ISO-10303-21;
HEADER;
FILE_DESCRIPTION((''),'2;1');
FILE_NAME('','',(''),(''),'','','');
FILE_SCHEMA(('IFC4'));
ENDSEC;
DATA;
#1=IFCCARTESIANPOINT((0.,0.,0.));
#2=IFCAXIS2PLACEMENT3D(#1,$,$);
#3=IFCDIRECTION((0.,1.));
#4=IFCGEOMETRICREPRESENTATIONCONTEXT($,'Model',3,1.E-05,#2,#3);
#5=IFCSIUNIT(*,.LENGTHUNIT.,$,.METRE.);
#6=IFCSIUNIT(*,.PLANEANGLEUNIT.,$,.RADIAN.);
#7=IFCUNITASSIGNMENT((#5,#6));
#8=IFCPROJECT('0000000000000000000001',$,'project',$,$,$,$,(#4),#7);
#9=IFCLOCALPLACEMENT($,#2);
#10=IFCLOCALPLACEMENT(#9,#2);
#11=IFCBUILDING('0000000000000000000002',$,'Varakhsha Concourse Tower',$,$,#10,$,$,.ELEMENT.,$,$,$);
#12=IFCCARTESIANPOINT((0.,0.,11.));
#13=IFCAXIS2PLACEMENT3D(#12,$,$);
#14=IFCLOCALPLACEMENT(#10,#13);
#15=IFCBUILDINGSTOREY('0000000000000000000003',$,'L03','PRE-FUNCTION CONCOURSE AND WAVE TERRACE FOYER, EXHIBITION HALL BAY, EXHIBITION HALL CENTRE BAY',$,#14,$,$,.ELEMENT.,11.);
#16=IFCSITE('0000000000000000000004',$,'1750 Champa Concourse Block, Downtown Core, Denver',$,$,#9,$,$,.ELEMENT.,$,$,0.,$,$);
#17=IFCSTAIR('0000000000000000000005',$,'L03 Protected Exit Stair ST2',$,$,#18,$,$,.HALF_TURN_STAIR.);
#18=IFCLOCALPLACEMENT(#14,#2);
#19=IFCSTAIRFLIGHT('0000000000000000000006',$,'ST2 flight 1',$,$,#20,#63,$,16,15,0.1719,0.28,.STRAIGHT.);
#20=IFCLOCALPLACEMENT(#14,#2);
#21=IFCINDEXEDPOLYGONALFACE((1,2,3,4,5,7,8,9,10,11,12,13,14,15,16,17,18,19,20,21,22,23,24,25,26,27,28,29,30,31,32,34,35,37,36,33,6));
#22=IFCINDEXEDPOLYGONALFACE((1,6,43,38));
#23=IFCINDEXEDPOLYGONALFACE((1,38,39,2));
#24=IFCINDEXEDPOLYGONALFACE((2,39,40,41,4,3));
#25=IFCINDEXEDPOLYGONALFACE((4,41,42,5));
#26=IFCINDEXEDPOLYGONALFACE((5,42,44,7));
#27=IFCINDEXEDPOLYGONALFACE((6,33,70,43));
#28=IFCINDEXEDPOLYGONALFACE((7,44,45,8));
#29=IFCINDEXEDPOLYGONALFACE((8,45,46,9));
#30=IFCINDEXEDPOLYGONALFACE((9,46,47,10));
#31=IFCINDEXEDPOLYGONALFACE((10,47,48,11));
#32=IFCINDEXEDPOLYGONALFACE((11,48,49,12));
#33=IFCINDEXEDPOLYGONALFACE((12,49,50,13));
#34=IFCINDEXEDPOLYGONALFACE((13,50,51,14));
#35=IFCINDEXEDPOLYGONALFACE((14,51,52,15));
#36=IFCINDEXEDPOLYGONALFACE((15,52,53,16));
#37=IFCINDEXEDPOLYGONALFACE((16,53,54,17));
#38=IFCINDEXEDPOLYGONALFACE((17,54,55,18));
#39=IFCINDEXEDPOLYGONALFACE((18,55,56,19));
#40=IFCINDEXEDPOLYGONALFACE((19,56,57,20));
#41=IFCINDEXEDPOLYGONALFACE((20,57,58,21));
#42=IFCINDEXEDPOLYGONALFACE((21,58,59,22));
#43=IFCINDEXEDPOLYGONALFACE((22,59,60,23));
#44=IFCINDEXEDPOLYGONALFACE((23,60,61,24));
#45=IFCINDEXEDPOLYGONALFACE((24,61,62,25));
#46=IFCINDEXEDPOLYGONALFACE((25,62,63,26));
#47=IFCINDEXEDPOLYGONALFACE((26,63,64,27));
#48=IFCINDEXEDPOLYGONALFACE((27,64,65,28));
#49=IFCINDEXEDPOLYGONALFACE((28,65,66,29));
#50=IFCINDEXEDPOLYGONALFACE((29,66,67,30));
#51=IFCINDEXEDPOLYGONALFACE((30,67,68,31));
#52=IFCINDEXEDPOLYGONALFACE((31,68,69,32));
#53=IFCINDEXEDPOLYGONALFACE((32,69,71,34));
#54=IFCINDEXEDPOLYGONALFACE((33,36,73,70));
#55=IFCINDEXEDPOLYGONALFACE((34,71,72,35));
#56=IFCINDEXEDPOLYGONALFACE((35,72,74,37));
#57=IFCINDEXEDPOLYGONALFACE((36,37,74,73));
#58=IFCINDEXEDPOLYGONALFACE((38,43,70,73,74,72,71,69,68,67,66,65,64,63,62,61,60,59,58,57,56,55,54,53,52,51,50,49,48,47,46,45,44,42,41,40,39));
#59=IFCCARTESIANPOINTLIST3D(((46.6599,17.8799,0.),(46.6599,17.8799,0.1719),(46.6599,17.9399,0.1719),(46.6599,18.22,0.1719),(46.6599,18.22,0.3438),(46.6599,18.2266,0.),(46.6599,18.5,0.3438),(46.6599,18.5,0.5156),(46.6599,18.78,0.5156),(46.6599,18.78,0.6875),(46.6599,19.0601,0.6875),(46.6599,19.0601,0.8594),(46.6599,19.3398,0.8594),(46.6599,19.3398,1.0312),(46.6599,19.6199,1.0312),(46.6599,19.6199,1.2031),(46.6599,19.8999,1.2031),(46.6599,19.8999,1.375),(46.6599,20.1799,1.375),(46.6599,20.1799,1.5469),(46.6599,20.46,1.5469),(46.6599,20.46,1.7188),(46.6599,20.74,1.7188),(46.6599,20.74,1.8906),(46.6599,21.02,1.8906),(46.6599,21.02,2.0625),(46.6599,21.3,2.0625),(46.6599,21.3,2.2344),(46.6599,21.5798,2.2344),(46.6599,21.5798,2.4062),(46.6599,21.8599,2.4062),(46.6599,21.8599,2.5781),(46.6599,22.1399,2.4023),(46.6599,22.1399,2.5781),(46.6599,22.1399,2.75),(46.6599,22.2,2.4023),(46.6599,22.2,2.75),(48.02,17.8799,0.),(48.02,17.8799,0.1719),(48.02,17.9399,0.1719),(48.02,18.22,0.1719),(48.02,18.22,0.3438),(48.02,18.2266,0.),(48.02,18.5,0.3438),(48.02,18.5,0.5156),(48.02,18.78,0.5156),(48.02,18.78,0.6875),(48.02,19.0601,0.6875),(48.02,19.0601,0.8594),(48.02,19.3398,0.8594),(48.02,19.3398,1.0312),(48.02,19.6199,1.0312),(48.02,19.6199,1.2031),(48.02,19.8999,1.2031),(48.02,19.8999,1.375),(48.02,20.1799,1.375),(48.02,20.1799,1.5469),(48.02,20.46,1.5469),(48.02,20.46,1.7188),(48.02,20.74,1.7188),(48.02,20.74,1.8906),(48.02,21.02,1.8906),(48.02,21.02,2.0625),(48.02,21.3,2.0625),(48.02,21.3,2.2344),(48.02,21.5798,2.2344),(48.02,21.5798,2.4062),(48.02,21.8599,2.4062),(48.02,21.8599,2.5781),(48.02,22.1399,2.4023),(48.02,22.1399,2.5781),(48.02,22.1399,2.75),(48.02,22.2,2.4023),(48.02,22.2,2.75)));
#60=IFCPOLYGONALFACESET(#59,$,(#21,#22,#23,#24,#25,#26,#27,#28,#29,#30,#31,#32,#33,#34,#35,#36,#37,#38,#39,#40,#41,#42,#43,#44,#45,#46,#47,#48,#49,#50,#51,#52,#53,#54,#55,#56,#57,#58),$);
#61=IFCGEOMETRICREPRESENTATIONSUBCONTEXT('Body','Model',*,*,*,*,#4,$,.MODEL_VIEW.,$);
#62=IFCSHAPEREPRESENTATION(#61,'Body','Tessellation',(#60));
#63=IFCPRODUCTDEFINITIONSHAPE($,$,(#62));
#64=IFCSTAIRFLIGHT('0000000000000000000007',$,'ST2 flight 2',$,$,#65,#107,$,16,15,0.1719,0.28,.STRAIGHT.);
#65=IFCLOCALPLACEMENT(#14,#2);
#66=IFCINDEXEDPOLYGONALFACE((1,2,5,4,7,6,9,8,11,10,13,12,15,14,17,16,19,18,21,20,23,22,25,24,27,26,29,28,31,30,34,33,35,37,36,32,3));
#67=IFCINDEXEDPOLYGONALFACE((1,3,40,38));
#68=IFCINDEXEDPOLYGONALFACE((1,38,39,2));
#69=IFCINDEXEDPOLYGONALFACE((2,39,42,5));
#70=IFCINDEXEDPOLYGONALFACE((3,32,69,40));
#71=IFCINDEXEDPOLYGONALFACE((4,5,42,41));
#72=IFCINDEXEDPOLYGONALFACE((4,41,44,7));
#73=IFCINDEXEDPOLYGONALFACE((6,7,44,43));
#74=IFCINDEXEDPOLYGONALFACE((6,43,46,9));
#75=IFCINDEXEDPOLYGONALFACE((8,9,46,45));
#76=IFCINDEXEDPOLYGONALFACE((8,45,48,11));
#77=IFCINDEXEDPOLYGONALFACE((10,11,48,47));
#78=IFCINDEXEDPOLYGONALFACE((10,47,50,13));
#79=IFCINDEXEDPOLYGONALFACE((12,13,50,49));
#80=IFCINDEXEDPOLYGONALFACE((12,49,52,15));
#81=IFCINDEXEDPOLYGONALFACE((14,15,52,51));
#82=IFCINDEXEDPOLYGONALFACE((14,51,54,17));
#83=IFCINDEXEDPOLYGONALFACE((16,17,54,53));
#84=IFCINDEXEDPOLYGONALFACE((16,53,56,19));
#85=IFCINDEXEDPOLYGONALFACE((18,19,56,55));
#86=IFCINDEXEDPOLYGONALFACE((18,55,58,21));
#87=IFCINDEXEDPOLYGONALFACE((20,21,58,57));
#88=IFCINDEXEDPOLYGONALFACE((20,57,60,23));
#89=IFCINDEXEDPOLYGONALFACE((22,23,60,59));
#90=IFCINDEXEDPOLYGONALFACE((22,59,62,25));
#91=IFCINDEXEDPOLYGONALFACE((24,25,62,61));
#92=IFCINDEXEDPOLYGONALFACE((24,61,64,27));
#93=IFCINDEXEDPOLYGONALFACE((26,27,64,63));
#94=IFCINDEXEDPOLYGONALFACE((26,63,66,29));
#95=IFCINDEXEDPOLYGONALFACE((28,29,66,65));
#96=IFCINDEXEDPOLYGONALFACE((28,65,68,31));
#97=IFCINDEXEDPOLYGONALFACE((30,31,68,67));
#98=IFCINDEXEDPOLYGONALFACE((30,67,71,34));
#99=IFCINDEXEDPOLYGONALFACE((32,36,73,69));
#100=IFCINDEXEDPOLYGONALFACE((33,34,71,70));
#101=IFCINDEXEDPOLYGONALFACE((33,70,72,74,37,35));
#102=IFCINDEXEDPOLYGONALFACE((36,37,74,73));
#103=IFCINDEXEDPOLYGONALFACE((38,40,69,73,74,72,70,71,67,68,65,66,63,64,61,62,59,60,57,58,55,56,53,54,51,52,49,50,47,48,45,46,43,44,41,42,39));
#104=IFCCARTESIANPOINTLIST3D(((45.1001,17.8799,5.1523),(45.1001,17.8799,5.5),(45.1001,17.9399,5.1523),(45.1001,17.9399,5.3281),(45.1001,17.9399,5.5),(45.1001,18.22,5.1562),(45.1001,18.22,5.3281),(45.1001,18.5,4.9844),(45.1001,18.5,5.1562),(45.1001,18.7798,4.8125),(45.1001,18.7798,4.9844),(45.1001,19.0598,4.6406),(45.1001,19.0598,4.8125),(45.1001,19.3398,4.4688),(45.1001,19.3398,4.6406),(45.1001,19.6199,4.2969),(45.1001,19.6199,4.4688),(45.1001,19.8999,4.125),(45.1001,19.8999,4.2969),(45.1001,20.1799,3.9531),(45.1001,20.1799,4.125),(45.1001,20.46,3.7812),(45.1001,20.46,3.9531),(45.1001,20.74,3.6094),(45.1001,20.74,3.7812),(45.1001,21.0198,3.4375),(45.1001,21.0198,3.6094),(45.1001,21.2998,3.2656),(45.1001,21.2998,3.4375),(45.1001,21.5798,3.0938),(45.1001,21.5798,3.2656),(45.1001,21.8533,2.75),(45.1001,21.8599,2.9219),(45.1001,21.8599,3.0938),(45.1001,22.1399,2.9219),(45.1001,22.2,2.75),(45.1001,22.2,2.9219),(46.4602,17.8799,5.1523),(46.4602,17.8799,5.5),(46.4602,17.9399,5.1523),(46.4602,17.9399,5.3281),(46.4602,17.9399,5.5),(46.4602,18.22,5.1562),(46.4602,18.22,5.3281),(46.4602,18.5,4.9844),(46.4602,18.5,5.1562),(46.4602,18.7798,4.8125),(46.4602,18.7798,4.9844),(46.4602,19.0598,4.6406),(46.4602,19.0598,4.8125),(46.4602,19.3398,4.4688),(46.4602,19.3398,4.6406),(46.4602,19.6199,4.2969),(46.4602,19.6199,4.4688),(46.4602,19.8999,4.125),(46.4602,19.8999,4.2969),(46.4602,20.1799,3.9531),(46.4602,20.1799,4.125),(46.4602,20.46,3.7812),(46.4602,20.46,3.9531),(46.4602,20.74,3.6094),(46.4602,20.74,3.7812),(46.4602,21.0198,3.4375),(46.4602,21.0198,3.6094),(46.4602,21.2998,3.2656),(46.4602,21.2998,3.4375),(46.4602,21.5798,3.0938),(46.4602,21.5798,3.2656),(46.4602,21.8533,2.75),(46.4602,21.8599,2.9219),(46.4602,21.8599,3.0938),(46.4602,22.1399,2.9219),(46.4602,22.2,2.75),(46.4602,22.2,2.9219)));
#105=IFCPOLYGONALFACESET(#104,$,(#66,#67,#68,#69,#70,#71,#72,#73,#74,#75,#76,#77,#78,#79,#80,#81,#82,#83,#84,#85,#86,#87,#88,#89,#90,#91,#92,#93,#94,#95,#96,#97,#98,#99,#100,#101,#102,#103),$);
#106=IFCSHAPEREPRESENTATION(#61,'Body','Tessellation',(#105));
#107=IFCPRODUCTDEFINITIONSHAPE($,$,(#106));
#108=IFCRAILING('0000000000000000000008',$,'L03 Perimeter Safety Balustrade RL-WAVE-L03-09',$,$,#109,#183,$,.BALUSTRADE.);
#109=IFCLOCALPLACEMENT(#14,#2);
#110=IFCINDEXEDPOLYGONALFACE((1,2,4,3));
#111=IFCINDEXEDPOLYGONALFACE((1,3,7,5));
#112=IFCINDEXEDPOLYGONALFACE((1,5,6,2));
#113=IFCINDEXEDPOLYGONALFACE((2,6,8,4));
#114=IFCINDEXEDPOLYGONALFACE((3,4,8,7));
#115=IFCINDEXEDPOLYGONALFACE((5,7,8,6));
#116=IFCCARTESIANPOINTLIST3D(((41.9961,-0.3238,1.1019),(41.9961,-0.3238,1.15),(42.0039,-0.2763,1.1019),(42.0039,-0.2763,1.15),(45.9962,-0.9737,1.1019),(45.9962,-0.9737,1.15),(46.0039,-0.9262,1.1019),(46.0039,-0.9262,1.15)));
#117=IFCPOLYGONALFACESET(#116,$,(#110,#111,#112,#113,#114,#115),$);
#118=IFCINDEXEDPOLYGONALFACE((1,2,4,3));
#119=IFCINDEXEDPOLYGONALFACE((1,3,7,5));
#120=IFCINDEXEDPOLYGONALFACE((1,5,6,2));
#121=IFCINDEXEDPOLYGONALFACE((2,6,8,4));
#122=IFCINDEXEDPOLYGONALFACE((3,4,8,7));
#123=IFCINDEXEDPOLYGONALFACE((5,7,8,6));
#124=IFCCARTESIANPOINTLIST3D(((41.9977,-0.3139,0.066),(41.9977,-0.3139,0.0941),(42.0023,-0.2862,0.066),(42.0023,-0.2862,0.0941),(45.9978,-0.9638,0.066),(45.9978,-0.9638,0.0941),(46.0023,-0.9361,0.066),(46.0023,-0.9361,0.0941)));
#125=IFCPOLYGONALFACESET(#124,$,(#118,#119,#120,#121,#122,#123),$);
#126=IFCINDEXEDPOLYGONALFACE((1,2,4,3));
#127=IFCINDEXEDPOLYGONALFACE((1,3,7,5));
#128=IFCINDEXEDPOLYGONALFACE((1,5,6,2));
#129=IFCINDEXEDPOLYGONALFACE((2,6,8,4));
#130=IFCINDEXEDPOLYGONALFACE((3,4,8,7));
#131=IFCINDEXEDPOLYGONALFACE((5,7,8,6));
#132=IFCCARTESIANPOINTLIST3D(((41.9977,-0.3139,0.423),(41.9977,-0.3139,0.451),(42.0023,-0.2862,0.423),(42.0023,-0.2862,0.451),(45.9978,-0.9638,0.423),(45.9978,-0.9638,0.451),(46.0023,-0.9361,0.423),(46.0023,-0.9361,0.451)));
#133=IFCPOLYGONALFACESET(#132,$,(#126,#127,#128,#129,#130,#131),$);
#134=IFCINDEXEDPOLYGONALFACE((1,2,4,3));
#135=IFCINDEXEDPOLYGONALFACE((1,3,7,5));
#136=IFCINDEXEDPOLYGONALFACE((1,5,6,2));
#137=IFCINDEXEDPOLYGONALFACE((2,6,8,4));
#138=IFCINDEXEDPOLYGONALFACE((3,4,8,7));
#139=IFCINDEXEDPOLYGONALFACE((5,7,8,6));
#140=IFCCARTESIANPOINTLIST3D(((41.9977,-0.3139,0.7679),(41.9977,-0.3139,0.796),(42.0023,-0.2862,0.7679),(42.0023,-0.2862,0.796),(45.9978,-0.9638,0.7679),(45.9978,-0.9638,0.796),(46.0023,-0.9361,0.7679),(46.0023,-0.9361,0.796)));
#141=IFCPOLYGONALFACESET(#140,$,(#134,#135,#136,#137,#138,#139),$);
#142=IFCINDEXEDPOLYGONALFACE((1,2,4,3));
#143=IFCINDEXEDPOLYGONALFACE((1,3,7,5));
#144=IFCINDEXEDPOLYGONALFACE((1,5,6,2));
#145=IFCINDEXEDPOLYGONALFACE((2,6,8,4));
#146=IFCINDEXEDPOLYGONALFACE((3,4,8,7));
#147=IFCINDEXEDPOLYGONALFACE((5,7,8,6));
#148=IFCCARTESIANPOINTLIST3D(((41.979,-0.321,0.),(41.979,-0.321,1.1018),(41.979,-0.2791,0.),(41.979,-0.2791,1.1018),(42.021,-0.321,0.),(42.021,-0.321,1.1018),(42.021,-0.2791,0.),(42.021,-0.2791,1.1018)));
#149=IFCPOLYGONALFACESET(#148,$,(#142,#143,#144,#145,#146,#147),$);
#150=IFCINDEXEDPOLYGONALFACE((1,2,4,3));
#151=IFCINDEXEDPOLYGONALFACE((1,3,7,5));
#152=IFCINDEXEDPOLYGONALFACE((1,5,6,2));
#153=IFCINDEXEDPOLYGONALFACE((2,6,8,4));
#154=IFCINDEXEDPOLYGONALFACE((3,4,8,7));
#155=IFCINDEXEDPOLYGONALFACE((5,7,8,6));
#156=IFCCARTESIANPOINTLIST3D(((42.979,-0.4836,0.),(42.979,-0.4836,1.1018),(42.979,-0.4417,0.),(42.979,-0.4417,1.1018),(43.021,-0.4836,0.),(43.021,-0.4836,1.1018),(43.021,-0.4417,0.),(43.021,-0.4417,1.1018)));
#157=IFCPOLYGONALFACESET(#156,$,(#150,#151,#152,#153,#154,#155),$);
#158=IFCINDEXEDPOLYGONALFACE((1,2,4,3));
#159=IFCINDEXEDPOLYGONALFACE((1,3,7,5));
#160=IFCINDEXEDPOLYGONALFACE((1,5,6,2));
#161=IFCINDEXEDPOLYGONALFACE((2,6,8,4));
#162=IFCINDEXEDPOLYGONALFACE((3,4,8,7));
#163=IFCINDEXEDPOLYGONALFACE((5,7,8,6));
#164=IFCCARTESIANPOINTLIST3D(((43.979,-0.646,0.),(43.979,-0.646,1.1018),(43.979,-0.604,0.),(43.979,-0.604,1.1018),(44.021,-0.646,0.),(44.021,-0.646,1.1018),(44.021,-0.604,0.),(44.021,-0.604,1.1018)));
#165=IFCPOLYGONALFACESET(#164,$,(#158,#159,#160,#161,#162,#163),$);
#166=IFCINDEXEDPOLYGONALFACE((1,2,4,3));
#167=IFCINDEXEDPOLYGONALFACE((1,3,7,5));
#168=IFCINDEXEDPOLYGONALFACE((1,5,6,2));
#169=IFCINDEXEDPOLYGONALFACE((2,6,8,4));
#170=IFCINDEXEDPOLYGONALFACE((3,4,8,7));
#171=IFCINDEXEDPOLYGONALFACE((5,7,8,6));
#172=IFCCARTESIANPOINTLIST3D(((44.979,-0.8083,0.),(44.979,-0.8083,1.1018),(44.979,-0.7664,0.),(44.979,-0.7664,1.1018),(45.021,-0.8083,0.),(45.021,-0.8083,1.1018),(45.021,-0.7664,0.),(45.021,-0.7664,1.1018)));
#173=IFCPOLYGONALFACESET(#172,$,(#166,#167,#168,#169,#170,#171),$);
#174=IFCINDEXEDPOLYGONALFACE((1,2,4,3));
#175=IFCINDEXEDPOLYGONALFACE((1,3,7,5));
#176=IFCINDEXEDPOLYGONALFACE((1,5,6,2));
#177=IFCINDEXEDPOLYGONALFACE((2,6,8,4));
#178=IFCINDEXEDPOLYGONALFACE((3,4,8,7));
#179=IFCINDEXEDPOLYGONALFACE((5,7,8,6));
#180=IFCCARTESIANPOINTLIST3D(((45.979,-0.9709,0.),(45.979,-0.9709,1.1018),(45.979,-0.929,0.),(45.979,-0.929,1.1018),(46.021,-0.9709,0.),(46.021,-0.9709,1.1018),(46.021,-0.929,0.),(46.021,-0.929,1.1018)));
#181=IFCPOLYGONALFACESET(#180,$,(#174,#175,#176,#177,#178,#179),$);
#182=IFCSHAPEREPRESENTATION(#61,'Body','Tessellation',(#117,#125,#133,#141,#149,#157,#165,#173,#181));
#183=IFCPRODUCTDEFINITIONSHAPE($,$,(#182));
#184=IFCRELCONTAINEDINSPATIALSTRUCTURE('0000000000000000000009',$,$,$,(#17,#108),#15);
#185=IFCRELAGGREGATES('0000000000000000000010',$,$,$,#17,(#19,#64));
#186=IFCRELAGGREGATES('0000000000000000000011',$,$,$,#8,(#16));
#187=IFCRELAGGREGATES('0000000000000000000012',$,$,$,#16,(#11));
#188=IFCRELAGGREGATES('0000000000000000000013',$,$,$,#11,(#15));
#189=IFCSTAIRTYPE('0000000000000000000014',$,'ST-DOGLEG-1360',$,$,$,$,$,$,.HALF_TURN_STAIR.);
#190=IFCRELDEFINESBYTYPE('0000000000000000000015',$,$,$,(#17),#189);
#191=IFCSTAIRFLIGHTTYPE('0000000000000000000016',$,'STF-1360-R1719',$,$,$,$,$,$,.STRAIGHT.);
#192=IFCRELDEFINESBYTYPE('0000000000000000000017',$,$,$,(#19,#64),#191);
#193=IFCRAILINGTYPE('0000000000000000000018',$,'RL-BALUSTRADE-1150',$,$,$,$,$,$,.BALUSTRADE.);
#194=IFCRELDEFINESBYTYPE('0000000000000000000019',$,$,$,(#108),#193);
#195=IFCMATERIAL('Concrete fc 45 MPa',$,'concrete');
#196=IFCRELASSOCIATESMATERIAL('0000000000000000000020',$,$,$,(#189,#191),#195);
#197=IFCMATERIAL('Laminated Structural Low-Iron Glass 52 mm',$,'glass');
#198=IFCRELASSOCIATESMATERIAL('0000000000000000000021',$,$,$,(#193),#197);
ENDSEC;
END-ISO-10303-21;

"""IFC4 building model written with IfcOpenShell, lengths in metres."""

from ifc_helpers import new_model, si_unit, direction, frame, origin, origin_2d, place, context, subcontext, project, spatial, polyline, rectangle, outline, extrude, material, type_object, element, aggregate, save


model = new_model("IFC4")

# Units and contexts
model_context = context("Model", 3, precision=1e-05, world=origin(), true_north=direction((0.0, 1.0)))
body_context = subcontext(model_context, "Body", "Model", "MODEL_VIEW")
ifc_project = project(units=[si_unit("LENGTHUNIT", "METRE"), si_unit("PLANEANGLEUNIT", "RADIAN")], contexts=[model_context])

# Site, building, storey
site_placement = place(None, origin())
site = spatial("IfcSite", under=ifc_project, at=site_placement, Name="1750 Champa Concourse Block, Downtown Core, Denver", CompositionType="ELEMENT", RefElevation=0.0)
building_placement = place(site_placement, origin())
building = spatial("IfcBuilding", under=site, at=building_placement, Name="Varakhsha Concourse Tower", CompositionType="ELEMENT")
storey_placement = place(building_placement, frame((0.0, 0.0, 11.0)))
storey = spatial("IfcBuildingStorey", under=building, at=storey_placement, Name="L03", Description="PRE-FUNCTION CONCOURSE AND WAVE TERRACE FOYER, EXHIBITION HALL BAY, EXHIBITION HALL CENTRE BAY", CompositionType="ELEMENT", Elevation=11.0)

# Shared definitions
ifc_material_1 = material(Name="Concrete fc 45 MPa", Category="concrete")

# Stair, stair flights
stair_type = type_object("IfcStairType", Name="ST-DOGLEG-1360", PredefinedType="HALF_TURN_STAIR", material=ifc_material_1)
stair_placement = place(storey_placement, origin())
stair = element("IfcStair", 1, at=stair_placement, inside=storey, type_object=stair_type, Name="L03 Protected Exit Stair ST2", PredefinedType="HALF_TURN_STAIR")
stair_flight_type = type_object("IfcStairFlightType", Name="STF-1360-R1719", PredefinedType="STRAIGHT", material=ifc_material_1)
stair_flight_1_placement = place(storey_placement, frame((47.3401, 17.9399, 0.0), z_axis=(0.0, 0.0, 1.0), x_axis=(0.0, 1.0, 0.0)))
stair_flight_1 = element("IfcStairFlight", 2, at=stair_flight_1_placement, type_object=stair_flight_type, Name="ST2 flight 1", NumberOfRisers=16, NumberOfTreads=15, PredefinedType="STRAIGHT", RiserHeight=0.1719, TreadLength=0.28, context=body_context, shape_type="SweptSolid", body=[
    extrude(outline(polyline([(-0.0601, 0.0), (-0.0601, 0.1719), (0.0, 0.1719), (0.28, 0.1719), (0.28, 0.3438), (0.5601, 0.3438), (0.5601, 0.5156), (0.8401, 0.5156), (0.8401, 0.6875), (1.1201, 0.6875), (1.1201, 0.8594), (1.3999, 0.8594), (1.3999, 1.0312), (1.6799, 1.0312), (1.6799, 1.2031), (1.96, 1.2031), (1.96, 1.375), (2.24, 1.375), (2.24, 1.5469), (2.52, 1.5469), (2.52, 1.7188), (2.8, 1.7188), (2.8, 1.8906), (3.0801, 1.8906), (3.0801, 2.0625), (3.3601, 2.0625), (3.3601, 2.2344), (3.6399, 2.2344), (3.6399, 2.4062), (3.9199, 2.4062), (3.9199, 2.5781), (4.2, 2.5781), (4.2, 2.75), (4.26, 2.75), (4.26, 2.4023), (4.2, 2.4023), (0.2866, 0.0), (-0.0601, 0.0)])), frame((0.0, 0.6802, 0.0), z_axis=(0.0, -1.0, 0.0), x_axis=(1.0, 0.0, 0.0)), (0.0, 0.0, 1.0), 1.3601),
])
stair_flight_2_placement = place(storey_placement, frame((45.78, 22.1399, 2.75), z_axis=(0.0, 0.0, 1.0), x_axis=(0.0, -1.0, 0.0)))
stair_flight_2 = element("IfcStairFlight", 3, at=stair_flight_2_placement, type_object=stair_flight_type, Name="ST2 flight 2", NumberOfRisers=16, NumberOfTreads=15, PredefinedType="STRAIGHT", RiserHeight=0.1719, TreadLength=0.28, context=body_context, shape_type="SweptSolid", body=[
    extrude(outline(polyline([(-0.0601, 0.0), (-0.0601, 0.1719), (0.0, 0.1719), (0.28, 0.1719), (0.28, 0.3438), (0.5601, 0.3438), (0.5601, 0.5156), (0.8401, 0.5156), (0.8401, 0.6875), (1.1201, 0.6875), (1.1201, 0.8594), (1.3999, 0.8594), (1.3999, 1.0312), (1.6799, 1.0312), (1.6799, 1.2031), (1.96, 1.2031), (1.96, 1.375), (2.24, 1.375), (2.24, 1.5469), (2.52, 1.5469), (2.52, 1.7188), (2.8, 1.7188), (2.8, 1.8906), (3.0801, 1.8906), (3.0801, 2.0625), (3.3601, 2.0625), (3.3601, 2.2344), (3.6399, 2.2344), (3.6399, 2.4062), (3.9199, 2.4062), (3.9199, 2.5781), (4.2, 2.5781), (4.2, 2.75), (4.26, 2.75), (4.26, 2.4023), (4.2, 2.4023), (0.2866, 0.0), (-0.0601, 0.0)])), frame((0.0, 0.6802, 0.0), z_axis=(0.0, -1.0, 0.0), x_axis=(1.0, 0.0, 0.0)), (0.0, 0.0, 1.0), 1.3601),
])
aggregate(stair, [stair_flight_1, stair_flight_2])

# Railing
ifc_material_2 = material(Name="Laminated Structural Low-Iron Glass 52 mm", Category="glass")
railing_type_1 = type_object("IfcRailingType", Name="RL-BALUSTRADE-1150", PredefinedType="BALUSTRADE", material=ifc_material_2)
railing_1_placement = place(storey_placement, frame((42.0, -0.3, 0.0)))
element("IfcRailing", 4, at=railing_1_placement, inside=storey, type_object=railing_type_1, Name="L03 Perimeter Safety Balustrade RL-WAVE-L03-09", PredefinedType="BALUSTRADE", context=body_context, shape_type="SweptSolid", body=[
    extrude(rectangle(XDim=0.0481, YDim=0.0481, at=origin_2d()), frame((0.0, 0.0, 1.126), z_axis=(0.987057, -0.160373, 0.0), x_axis=(0.160373, 0.987057, 0.0)), (0.0, 0.0, 1.0), 4.0525),
    extrude(rectangle(XDim=0.0281, YDim=0.0281, at=origin_2d()), frame((0.0, 0.0, 0.0801), z_axis=(0.987057, -0.160373, 0.0), x_axis=(0.160373, 0.987057, 0.0)), (0.0, 0.0, 1.0), 4.0525),
    extrude(rectangle(XDim=0.0281, YDim=0.0281, at=origin_2d()), frame((0.0, 0.0, 0.437), z_axis=(0.987057, -0.160373, 0.0), x_axis=(0.160373, 0.987057, 0.0)), (0.0, 0.0, 1.0), 4.0525),
    extrude(rectangle(XDim=0.0281, YDim=0.0281, at=origin_2d()), frame((0.0, 0.0, 0.782), z_axis=(0.987057, -0.160373, 0.0), x_axis=(0.160373, 0.987057, 0.0)), (0.0, 0.0, 1.0), 4.0525),
    extrude(rectangle(XDim=0.042, YDim=0.042, at=origin_2d()), origin(), (0.0, 0.0, 1.0), 1.1018),
    extrude(rectangle(XDim=0.042, YDim=0.042, at=origin_2d()), frame((1.0, -0.1626, 0.0)), (0.0, 0.0, 1.0), 1.1018),
    extrude(rectangle(XDim=0.042, YDim=0.042, at=origin_2d()), frame((2.0, -0.325, 0.0)), (0.0, 0.0, 1.0), 1.1018),
    extrude(rectangle(XDim=0.042, YDim=0.042, at=origin_2d()), frame((3.0, -0.4873, 0.0)), (0.0, 0.0, 1.0), 1.1018),
    extrude(rectangle(XDim=0.042, YDim=0.042, at=origin_2d()), frame((4.0, -0.6499, 0.0)), (0.0, 0.0, 1.0), 1.1018),
])

save(model, "model.ifc")
